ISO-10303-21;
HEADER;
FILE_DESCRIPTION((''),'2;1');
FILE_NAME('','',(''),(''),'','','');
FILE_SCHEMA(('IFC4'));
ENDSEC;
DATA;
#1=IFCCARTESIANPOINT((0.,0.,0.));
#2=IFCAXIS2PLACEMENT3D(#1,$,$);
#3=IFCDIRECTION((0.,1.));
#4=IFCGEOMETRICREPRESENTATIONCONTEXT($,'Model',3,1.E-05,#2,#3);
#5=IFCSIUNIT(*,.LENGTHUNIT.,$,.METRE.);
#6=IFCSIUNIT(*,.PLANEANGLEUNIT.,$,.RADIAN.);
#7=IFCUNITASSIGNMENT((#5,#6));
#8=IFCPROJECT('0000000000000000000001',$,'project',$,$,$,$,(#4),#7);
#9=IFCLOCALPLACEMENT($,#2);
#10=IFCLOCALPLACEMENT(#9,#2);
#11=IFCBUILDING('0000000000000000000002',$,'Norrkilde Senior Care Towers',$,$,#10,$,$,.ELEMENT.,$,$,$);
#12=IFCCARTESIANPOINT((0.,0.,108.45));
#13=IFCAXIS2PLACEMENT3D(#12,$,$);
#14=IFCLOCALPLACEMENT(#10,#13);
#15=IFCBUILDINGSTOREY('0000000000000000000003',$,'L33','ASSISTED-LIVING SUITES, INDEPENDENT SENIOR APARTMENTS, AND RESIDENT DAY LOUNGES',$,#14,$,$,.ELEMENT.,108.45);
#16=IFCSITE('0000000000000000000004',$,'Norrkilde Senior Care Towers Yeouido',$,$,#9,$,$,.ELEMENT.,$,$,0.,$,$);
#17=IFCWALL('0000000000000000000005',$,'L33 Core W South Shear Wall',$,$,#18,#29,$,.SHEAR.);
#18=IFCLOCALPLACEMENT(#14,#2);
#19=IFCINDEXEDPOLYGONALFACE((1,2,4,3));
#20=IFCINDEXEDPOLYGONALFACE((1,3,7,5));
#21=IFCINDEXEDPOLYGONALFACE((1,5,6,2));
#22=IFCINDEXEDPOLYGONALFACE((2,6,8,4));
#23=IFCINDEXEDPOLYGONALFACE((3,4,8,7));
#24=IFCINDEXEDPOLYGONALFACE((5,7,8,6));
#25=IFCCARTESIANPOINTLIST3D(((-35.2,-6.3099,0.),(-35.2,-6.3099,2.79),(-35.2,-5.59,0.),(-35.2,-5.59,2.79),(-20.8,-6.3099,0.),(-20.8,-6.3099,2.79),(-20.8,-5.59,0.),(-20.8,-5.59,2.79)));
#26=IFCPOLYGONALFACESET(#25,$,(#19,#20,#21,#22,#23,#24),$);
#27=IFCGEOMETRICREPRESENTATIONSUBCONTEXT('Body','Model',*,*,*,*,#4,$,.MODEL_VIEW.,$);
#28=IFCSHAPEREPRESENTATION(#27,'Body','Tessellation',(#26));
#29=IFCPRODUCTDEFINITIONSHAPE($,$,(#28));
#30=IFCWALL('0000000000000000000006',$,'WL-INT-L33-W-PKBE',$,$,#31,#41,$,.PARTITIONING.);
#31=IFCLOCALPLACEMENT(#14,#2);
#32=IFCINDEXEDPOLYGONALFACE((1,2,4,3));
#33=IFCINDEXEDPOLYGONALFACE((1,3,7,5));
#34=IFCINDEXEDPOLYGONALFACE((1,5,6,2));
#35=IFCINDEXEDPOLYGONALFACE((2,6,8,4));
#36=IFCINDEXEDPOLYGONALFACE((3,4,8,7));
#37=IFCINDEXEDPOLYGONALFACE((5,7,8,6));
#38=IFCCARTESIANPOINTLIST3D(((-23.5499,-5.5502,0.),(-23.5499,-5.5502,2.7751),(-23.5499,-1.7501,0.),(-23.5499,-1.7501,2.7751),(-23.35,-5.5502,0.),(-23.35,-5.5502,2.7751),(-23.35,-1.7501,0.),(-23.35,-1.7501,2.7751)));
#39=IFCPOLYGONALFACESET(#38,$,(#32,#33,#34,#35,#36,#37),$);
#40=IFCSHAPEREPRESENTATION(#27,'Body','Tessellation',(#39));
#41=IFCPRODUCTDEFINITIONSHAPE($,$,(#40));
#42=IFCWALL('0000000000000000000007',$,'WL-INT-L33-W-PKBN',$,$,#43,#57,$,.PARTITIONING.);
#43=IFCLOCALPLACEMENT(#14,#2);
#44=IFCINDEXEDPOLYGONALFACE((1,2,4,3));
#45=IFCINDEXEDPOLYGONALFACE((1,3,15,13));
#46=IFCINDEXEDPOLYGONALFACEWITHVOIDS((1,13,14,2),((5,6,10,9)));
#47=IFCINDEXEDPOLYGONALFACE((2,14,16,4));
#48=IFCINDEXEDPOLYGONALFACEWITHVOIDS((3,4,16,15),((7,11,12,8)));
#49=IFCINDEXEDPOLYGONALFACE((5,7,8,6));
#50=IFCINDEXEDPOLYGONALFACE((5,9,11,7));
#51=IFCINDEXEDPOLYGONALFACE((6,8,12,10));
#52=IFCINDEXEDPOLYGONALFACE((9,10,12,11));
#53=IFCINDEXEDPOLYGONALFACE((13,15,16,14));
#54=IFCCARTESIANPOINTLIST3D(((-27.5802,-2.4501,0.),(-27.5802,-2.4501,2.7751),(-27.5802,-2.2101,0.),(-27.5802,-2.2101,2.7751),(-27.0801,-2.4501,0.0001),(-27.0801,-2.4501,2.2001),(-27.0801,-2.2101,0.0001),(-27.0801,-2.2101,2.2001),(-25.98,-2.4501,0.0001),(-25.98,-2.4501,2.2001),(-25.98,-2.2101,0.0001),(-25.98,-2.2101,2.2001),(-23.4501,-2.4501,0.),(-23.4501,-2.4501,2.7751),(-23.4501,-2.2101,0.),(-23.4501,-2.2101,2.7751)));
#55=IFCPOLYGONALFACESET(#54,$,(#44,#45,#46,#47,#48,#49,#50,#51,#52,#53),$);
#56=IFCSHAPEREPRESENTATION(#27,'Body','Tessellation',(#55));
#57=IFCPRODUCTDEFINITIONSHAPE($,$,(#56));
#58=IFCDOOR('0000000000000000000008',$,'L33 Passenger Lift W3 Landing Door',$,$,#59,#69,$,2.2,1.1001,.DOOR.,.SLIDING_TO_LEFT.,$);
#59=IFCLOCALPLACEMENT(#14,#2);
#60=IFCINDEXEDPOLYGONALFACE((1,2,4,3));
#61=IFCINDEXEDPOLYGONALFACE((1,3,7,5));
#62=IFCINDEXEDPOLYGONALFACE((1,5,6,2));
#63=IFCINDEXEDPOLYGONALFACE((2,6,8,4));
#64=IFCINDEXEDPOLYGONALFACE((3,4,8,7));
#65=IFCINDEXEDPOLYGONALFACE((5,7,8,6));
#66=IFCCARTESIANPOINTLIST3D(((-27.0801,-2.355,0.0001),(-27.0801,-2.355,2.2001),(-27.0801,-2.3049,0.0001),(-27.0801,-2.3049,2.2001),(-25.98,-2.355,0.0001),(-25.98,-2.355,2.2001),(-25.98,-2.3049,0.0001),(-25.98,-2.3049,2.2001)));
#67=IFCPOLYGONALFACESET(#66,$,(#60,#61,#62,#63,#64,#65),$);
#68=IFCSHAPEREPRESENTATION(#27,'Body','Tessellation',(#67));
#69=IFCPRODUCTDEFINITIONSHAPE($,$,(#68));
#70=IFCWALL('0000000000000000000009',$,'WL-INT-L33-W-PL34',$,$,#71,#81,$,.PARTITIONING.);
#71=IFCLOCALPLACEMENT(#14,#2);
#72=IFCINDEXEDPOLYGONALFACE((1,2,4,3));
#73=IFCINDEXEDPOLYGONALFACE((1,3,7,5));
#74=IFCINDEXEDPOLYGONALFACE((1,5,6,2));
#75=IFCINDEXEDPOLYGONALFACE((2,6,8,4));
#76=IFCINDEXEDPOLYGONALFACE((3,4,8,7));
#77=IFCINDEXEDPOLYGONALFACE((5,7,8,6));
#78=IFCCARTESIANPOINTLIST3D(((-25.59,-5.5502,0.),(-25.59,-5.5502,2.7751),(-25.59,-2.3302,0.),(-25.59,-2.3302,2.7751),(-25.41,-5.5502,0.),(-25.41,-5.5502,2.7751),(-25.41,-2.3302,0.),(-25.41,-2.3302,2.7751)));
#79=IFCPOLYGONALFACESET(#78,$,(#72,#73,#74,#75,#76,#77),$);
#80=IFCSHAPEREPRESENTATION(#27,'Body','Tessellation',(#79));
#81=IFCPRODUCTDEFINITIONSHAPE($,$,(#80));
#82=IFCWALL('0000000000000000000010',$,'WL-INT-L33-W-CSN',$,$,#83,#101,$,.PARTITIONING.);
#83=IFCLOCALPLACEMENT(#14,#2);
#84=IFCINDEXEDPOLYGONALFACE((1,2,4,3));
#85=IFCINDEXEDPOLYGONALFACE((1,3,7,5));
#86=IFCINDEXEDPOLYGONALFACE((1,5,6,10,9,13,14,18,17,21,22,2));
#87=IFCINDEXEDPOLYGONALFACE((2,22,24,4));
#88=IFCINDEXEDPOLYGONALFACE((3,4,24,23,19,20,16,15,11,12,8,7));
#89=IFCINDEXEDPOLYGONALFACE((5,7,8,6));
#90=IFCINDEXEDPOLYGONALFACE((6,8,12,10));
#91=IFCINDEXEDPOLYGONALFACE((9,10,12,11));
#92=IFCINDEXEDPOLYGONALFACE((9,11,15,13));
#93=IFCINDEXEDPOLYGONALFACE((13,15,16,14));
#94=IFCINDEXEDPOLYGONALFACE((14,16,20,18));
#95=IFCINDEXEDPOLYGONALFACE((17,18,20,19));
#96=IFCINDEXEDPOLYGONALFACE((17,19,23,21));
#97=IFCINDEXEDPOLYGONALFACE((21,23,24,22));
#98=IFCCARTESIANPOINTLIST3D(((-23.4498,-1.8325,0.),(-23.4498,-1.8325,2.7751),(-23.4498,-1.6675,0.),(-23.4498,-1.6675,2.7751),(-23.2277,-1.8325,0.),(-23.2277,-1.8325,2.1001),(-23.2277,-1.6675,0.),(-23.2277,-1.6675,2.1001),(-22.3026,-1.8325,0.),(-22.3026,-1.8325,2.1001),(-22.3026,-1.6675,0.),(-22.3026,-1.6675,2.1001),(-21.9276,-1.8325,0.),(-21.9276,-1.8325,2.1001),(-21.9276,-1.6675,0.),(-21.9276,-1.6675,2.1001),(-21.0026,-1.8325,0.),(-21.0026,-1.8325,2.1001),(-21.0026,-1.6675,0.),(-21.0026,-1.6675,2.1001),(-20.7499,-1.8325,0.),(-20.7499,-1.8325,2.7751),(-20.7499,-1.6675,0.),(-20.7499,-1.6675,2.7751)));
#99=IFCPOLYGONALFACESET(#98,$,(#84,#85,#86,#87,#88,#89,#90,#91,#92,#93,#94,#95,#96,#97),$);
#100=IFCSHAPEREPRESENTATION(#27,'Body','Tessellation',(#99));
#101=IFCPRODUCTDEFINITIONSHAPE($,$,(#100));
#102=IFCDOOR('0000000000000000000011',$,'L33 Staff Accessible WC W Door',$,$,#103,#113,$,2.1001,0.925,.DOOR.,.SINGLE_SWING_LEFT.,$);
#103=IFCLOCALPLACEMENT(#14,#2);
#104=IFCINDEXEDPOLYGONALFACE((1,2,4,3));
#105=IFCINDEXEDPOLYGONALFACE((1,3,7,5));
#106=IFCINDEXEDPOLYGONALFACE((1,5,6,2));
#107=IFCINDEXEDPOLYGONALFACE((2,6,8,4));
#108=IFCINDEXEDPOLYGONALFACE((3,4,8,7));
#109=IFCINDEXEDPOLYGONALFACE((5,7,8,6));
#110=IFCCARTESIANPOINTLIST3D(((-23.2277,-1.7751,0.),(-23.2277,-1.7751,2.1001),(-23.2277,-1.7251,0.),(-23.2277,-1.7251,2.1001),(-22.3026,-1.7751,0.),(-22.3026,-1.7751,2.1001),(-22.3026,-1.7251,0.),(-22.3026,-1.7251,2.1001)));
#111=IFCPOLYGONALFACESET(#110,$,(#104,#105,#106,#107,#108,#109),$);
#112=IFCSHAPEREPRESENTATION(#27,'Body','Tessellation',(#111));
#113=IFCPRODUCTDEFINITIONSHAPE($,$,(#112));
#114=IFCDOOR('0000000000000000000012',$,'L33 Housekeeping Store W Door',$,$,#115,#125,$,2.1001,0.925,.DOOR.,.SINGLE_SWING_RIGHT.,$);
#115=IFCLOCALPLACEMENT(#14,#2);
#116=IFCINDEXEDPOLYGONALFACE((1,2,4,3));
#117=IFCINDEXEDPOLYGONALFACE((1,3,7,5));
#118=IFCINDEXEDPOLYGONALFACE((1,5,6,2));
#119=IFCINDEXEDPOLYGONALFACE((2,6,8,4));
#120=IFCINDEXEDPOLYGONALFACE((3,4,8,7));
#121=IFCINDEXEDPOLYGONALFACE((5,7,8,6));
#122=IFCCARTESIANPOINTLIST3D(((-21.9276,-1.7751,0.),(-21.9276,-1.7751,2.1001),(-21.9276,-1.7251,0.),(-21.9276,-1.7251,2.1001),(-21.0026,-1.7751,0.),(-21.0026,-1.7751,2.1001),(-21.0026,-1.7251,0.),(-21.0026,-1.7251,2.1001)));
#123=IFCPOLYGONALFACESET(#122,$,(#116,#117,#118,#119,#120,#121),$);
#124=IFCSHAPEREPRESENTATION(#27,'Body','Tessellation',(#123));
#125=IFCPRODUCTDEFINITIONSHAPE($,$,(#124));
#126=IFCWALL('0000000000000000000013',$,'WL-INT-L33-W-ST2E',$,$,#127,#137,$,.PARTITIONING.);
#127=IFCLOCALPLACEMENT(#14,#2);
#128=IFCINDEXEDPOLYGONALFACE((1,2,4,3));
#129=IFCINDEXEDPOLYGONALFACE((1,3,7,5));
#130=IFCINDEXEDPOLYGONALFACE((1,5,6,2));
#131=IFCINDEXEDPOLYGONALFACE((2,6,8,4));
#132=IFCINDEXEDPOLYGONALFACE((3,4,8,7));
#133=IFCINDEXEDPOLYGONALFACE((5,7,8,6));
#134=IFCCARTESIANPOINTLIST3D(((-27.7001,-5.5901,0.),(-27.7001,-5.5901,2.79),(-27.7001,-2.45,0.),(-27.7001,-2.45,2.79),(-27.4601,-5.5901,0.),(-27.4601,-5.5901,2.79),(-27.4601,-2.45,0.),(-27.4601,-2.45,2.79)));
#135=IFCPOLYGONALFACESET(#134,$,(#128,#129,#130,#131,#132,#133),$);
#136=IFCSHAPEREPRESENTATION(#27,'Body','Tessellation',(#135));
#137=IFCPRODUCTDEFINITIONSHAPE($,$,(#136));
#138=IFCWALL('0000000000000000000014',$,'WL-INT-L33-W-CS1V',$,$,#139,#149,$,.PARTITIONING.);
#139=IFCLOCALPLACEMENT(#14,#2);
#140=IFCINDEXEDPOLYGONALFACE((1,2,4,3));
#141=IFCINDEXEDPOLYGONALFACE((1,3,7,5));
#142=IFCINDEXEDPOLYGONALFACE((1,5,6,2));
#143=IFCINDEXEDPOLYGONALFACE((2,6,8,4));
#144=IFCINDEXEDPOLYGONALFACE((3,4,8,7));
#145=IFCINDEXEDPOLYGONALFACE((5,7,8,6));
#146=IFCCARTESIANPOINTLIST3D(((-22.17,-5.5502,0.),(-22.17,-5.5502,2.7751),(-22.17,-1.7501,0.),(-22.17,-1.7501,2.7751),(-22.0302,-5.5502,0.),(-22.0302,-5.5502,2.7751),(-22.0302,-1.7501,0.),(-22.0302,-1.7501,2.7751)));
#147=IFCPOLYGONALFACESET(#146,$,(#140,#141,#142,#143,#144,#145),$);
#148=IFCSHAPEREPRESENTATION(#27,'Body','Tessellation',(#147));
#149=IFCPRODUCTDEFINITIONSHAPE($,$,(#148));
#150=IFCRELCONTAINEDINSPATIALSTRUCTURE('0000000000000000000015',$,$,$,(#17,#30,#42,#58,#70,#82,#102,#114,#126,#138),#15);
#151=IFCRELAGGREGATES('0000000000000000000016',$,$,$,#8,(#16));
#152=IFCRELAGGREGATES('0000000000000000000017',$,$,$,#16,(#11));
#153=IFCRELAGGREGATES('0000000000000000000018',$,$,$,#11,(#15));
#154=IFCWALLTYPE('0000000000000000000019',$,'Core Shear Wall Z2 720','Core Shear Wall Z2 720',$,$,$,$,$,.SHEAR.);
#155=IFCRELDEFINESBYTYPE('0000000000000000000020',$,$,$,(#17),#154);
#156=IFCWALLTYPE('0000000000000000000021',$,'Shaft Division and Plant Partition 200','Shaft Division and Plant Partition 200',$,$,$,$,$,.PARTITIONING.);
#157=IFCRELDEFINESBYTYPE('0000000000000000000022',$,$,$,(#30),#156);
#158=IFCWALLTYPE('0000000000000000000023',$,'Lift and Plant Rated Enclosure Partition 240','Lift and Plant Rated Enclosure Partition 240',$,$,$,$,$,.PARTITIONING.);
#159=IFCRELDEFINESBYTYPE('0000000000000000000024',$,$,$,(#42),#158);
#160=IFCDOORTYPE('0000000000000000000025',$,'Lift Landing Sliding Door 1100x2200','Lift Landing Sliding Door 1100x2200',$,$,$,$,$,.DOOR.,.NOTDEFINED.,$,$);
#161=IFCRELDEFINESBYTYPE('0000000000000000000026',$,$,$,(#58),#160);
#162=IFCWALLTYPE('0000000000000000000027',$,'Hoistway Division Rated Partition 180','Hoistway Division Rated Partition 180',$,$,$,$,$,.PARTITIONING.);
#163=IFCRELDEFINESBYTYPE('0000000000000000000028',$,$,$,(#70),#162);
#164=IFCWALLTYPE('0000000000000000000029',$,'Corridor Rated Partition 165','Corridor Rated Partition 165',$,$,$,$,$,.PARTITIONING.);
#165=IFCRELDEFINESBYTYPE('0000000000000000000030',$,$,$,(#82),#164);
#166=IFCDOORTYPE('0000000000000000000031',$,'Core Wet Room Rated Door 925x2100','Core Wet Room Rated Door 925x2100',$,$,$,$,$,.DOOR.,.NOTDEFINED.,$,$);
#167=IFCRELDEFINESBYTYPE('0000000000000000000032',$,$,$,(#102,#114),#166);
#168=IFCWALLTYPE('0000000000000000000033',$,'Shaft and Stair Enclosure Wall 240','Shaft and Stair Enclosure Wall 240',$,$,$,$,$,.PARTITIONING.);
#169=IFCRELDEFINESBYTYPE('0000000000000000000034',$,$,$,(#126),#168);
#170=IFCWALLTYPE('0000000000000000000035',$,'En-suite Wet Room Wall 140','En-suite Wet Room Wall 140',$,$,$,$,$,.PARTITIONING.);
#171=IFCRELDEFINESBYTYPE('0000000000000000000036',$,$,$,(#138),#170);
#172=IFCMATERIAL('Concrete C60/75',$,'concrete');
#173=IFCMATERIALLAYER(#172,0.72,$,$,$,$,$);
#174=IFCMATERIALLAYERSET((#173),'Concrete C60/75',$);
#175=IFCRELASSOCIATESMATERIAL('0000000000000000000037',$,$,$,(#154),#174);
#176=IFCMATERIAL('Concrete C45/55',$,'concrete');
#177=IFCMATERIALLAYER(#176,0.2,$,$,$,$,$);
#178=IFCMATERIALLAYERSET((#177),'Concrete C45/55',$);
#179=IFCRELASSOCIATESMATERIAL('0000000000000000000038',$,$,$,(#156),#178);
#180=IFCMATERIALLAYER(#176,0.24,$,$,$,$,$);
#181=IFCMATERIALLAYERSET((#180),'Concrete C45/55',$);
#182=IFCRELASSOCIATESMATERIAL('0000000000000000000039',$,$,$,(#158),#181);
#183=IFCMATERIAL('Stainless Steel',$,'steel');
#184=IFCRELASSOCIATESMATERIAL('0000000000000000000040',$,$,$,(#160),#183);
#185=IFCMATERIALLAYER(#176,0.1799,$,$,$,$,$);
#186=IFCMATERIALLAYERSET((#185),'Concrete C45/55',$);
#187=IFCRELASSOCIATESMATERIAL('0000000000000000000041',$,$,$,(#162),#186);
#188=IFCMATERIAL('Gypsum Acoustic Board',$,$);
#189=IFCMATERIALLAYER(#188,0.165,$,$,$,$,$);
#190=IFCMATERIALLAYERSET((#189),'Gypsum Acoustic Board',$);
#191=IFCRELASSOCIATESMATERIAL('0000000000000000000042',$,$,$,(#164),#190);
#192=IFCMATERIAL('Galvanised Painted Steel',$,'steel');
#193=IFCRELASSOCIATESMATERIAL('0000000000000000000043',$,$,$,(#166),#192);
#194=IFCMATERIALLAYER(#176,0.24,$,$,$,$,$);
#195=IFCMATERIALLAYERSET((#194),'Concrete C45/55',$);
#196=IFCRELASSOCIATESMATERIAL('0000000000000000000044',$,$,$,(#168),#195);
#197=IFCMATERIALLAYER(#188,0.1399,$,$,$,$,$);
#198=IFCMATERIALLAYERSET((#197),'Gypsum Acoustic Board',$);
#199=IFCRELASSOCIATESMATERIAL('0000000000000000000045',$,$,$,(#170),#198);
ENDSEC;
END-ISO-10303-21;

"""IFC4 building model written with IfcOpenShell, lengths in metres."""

from ifc_helpers import new_model, si_unit, direction, frame, frame_2d, origin, place, context, subcontext, project, spatial, rectangle, extrude, source, transform, mapped, material, layer, layer_set, type_object, type_shapes, element, fill, save


model = new_model("IFC4")

# Units and contexts
model_context = context("Model", 3, precision=1e-05, world=origin(), true_north=direction((0.0, 1.0)))
body_context = subcontext(model_context, "Body", "Model", "MODEL_VIEW")
ifc_project = project(units=[si_unit("LENGTHUNIT", "METRE"), si_unit("PLANEANGLEUNIT", "RADIAN")], contexts=[model_context])

# Site, building, storey
site_placement = place(None, origin())
site = spatial("IfcSite", under=ifc_project, at=site_placement, Name="Norrkilde Senior Care Towers Yeouido", CompositionType="ELEMENT", RefElevation=0.0)
building_placement = place(site_placement, origin())
building = spatial("IfcBuilding", under=site, at=building_placement, Name="Norrkilde Senior Care Towers", CompositionType="ELEMENT")
storey_placement = place(building_placement, frame((0.0, 0.0, 108.45)))
storey = spatial("IfcBuildingStorey", under=building, at=storey_placement, Name="L33", Description="ASSISTED-LIVING SUITES, INDEPENDENT SENIOR APARTMENTS, AND RESIDENT DAY LOUNGES", CompositionType="ELEMENT", Elevation=108.45)

# Shared definitions
ifc_material_1 = material(Name="Concrete C60/75", Category="concrete")

# Walls
ifc_layer_1 = layer(ifc_material_1, 0.72)
ifc_layer_set_1 = layer_set([ifc_layer_1], Name="Concrete C60/75")
wall_type_1 = type_object("IfcWallType", Name="Core Shear Wall Z2 720", Description="Core Shear Wall Z2 720", PredefinedType="SHEAR", material=ifc_layer_set_1)
shared_shape_1 = source(origin(), body_context, "Body", "SweptSolid", [
    extrude(rectangle(XDim=14.3999, YDim=0.72, at=frame_2d((7.2, 0.0))), origin(), (0.0, 0.0, 1.0), 2.79),
])
type_shapes(wall_type_1, [shared_shape_1])
wall_1_placement = place(storey_placement, frame((-20.8, -5.95, 0.0), z_axis=(0.0, 0.0, 1.0), x_axis=(-1.0, 0.0, 0.0)))
element("IfcWall", 1, at=wall_1_placement, inside=storey, type_object=wall_type_1, Name="L33 Core W South Shear Wall", PredefinedType="SHEAR", context=body_context, shape_type="MappedRepresentation", body=[
    mapped(shared_shape_1, transform((0.0, 0.0, 0.0), x_axis=(1.0, 0.0, 0.0), y_axis=(0.0, 1.0, 0.0), z_axis=(0.0, 0.0, 1.0), scale=1.0)),
])
ifc_material_2 = material(Name="Concrete C45/55", Category="concrete")
ifc_layer_2 = layer(ifc_material_2, 0.2)
ifc_layer_set_2 = layer_set([ifc_layer_2], Name="Concrete C45/55")
wall_type_2 = type_object("IfcWallType", Name="Shaft Division and Plant Partition 200", Description="Shaft Division and Plant Partition 200", PredefinedType="PARTITIONING", material=ifc_layer_set_2)
shared_shape_2 = source(origin(), body_context, "Body", "SweptSolid", [
    extrude(rectangle(XDim=3.8, YDim=0.2, at=frame_2d((1.8999, 0.0))), origin(), (0.0, 0.0, 1.0), 2.7751),
])
type_shapes(wall_type_2, [shared_shape_2])
wall_2_placement = place(storey_placement, frame((-23.45, -5.55, 0.0), z_axis=(0.0, 0.0, 1.0), x_axis=(0.0, 1.0, 0.0)))
element("IfcWall", 2, at=wall_2_placement, inside=storey, type_object=wall_type_2, Name="WL-INT-L33-W-PKBE", PredefinedType="PARTITIONING", context=body_context, shape_type="MappedRepresentation", body=[
    mapped(shared_shape_2, transform((0.0, 0.0, 0.0), x_axis=(1.0, 0.0, 0.0), y_axis=(0.0, 1.0, 0.0), z_axis=(0.0, 0.0, 1.0), scale=1.0)),
])

# Wall, opening, door
ifc_layer_3 = layer(ifc_material_2, 0.24)
ifc_layer_set_3 = layer_set([ifc_layer_3], Name="Concrete C45/55")
wall_type_3 = type_object("IfcWallType", Name="Lift and Plant Rated Enclosure Partition 240", Description="Lift and Plant Rated Enclosure Partition 240", PredefinedType="PARTITIONING", material=ifc_layer_set_3)
shared_shape_3 = source(origin(), body_context, "Body", "SweptSolid", [
    extrude(rectangle(XDim=4.1301, YDim=0.24, at=frame_2d((2.0649, 0.0))), origin(), (0.0, 0.0, 1.0), 2.7751),
])
type_shapes(wall_type_3, [shared_shape_3])
wall_3_placement = place(storey_placement, frame((-27.5801, -2.3301, 0.0), z_axis=(0.0, 0.0, 1.0), x_axis=(1.0, 0.0, 0.0)))
wall_3 = element("IfcWall", 3, at=wall_3_placement, inside=storey, type_object=wall_type_3, Name="WL-INT-L33-W-PKBN", PredefinedType="PARTITIONING", context=body_context, shape_type="MappedRepresentation", body=[
    mapped(shared_shape_3, transform((0.0, 0.0, 0.0), x_axis=(1.0, 0.0, 0.0), y_axis=(0.0, 1.0, 0.0), z_axis=(0.0, 0.0, 1.0), scale=1.0)),
])
opening_1_placement = place(wall_3_placement, frame((0.5, 0.0, 0.0)))
opening_1 = element("IfcOpeningElement", 4, at=opening_1_placement, cuts=wall_3, PredefinedType="OPENING", context=body_context, shape_type="SweptSolid", body=[
    extrude(rectangle(XDim=1.1001, YDim=2.2, at=frame_2d((0.55, 1.1001))), frame((0.0, 0.1299, 0.0), z_axis=(0.0, -1.0, 0.0), x_axis=(1.0, 0.0, 0.0)), (0.0, 0.0, 1.0), 0.26),
])
ifc_material_3 = material(Name="Stainless Steel", Category="steel")
door_type_1 = type_object("IfcDoorType", Name="Lift Landing Sliding Door 1100x2200", Description="Lift Landing Sliding Door 1100x2200", OperationType="NOTDEFINED", PredefinedType="DOOR", material=ifc_material_3)
shared_shape_4 = source(origin(), body_context, "Body", "SweptSolid", [
    extrude(rectangle(XDim=1.1001, YDim=2.2, at=frame_2d((0.55, 1.1001))), frame((0.0, 0.0249, 0.0), z_axis=(0.0, -1.0, 0.0), x_axis=(1.0, 0.0, 0.0)), (0.0, 0.0, 1.0), 0.05),
])
type_shapes(door_type_1, [shared_shape_4])
door_1_placement = place(opening_1_placement, frame((1.1001, 0.0, 0.0), z_axis=(0.0, 0.0, 1.0), x_axis=(-1.0, 0.0, 0.0)))
door_1 = element("IfcDoor", 5, at=door_1_placement, inside=storey, type_object=door_type_1, Name="L33 Passenger Lift W3 Landing Door", OperationType="SLIDING_TO_LEFT", OverallHeight=2.2, OverallWidth=1.1001, PredefinedType="DOOR", context=body_context, shape_type="MappedRepresentation", body=[
    mapped(shared_shape_4, transform((0.0, 0.0, 0.0), x_axis=(1.0, 0.0, 0.0), y_axis=(0.0, 1.0, 0.0), z_axis=(0.0, 0.0, 1.0), scale=1.0)),
])
fill(opening_1, door_1)

# Wall
ifc_layer_4 = layer(ifc_material_2, 0.1799)
ifc_layer_set_4 = layer_set([ifc_layer_4], Name="Concrete C45/55")
wall_type_4 = type_object("IfcWallType", Name="Hoistway Division Rated Partition 180", Description="Hoistway Division Rated Partition 180", PredefinedType="PARTITIONING", material=ifc_layer_set_4)
shared_shape_5 = source(origin(), body_context, "Body", "SweptSolid", [
    extrude(rectangle(XDim=3.22, YDim=0.1799, at=frame_2d((1.6099, 0.0))), origin(), (0.0, 0.0, 1.0), 2.7751),
])
type_shapes(wall_type_4, [shared_shape_5])
wall_4_placement = place(storey_placement, frame((-25.5, -5.55, 0.0), z_axis=(0.0, 0.0, 1.0), x_axis=(0.0, 1.0, 0.0)))
element("IfcWall", 6, at=wall_4_placement, inside=storey, type_object=wall_type_4, Name="WL-INT-L33-W-PL34", PredefinedType="PARTITIONING", context=body_context, shape_type="MappedRepresentation", body=[
    mapped(shared_shape_5, transform((0.0, 0.0, 0.0), x_axis=(1.0, 0.0, 0.0), y_axis=(0.0, 1.0, 0.0), z_axis=(0.0, 0.0, 1.0), scale=1.0)),
])

# Wall, openings, doors
ifc_material_4 = material(Name="Gypsum Acoustic Board")
ifc_layer_5 = layer(ifc_material_4, 0.165)
ifc_layer_set_5 = layer_set([ifc_layer_5], Name="Gypsum Acoustic Board")
wall_type_5 = type_object("IfcWallType", Name="Corridor Rated Partition 165", Description="Corridor Rated Partition 165", PredefinedType="PARTITIONING", material=ifc_layer_set_5)
shared_shape_6 = source(origin(), body_context, "Body", "SweptSolid", [
    extrude(rectangle(XDim=2.7, YDim=0.165, at=frame_2d((1.3501, 0.0))), origin(), (0.0, 0.0, 1.0), 2.7751),
])
wall_5_placement = place(storey_placement, frame((-23.45, -1.75, 0.0), z_axis=(0.0, 0.0, 1.0), x_axis=(1.0, 0.0, 0.0)))
wall_5 = element("IfcWall", 7, at=wall_5_placement, inside=storey, type_object=wall_type_5, Name="WL-INT-L33-W-CSN", PredefinedType="PARTITIONING", context=body_context, shape_type="MappedRepresentation", body=[
    mapped(shared_shape_6, transform((0.0, 0.0, 0.0), x_axis=(1.0, 0.0, 0.0), y_axis=(0.0, 1.0, 0.0), z_axis=(0.0, 0.0, 1.0), scale=1.0)),
])
opening_2_placement = place(wall_5_placement, frame((0.2224, 0.0, 0.0)))
opening_2 = element("IfcOpeningElement", 8, at=opening_2_placement, cuts=wall_5, PredefinedType="OPENING", context=body_context, shape_type="SweptSolid", body=[
    extrude(rectangle(XDim=0.925, YDim=2.1001, at=frame_2d((0.4624, 1.05))), frame((0.0, 0.0925, 0.0), z_axis=(0.0, -1.0, 0.0), x_axis=(1.0, 0.0, 0.0)), (0.0, 0.0, 1.0), 0.1851),
])
opening_3_placement = place(wall_5_placement, frame((1.5225, 0.0, 0.0)))
opening_3 = element("IfcOpeningElement", 9, at=opening_3_placement, cuts=wall_5, PredefinedType="OPENING", context=body_context, shape_type="SweptSolid", body=[
    extrude(rectangle(XDim=0.925, YDim=2.1001, at=frame_2d((0.4624, 1.05))), frame((0.0, 0.0925, 0.0), z_axis=(0.0, -1.0, 0.0), x_axis=(1.0, 0.0, 0.0)), (0.0, 0.0, 1.0), 0.1851),
])
ifc_material_5 = material(Name="Galvanised Painted Steel", Category="steel")
door_type_2 = type_object("IfcDoorType", Name="Core Wet Room Rated Door 925x2100", Description="Core Wet Room Rated Door 925x2100", OperationType="NOTDEFINED", PredefinedType="DOOR", material=ifc_material_5)
shared_shape_7 = source(origin(), body_context, "Body", "SweptSolid", [
    extrude(rectangle(XDim=0.925, YDim=2.1001, at=frame_2d((0.4624, 1.05))), frame((0.0, 0.0249, 0.0), z_axis=(0.0, -1.0, 0.0), x_axis=(1.0, 0.0, 0.0)), (0.0, 0.0, 1.0), 0.05),
])
type_shapes(door_type_2, [shared_shape_7])
door_2_placement = place(opening_2_placement, origin())
door_2 = element("IfcDoor", 10, at=door_2_placement, inside=storey, type_object=door_type_2, Name="L33 Staff Accessible WC W Door", OperationType="SINGLE_SWING_LEFT", OverallHeight=2.1001, OverallWidth=0.925, PredefinedType="DOOR", context=body_context, shape_type="MappedRepresentation", body=[
    mapped(shared_shape_7, transform((0.0, 0.0, 0.0), x_axis=(1.0, 0.0, 0.0), y_axis=(0.0, 1.0, 0.0), z_axis=(0.0, 0.0, 1.0), scale=1.0)),
])
fill(opening_2, door_2)
door_3_placement = place(opening_3_placement, origin())
door_3 = element("IfcDoor", 11, at=door_3_placement, inside=storey, type_object=door_type_2, Name="L33 Housekeeping Store W Door", OperationType="SINGLE_SWING_RIGHT", OverallHeight=2.1001, OverallWidth=0.925, PredefinedType="DOOR", context=body_context, shape_type="MappedRepresentation", body=[
    mapped(shared_shape_7, transform((0.0, 0.0, 0.0), x_axis=(1.0, 0.0, 0.0), y_axis=(0.0, 1.0, 0.0), z_axis=(0.0, 0.0, 1.0), scale=1.0)),
])
fill(opening_3, door_3)

# Walls
ifc_layer_6 = layer(ifc_material_2, 0.24)
ifc_layer_set_6 = layer_set([ifc_layer_6], Name="Concrete C45/55")
wall_type_6 = type_object("IfcWallType", Name="Shaft and Stair Enclosure Wall 240", Description="Shaft and Stair Enclosure Wall 240", PredefinedType="PARTITIONING", material=ifc_layer_set_6)
shared_shape_8 = source(origin(), body_context, "Body", "SweptSolid", [
    extrude(rectangle(XDim=3.1401, YDim=0.24, at=frame_2d((1.5701, 0.0))), origin(), (0.0, 0.0, 1.0), 2.79),
])
type_shapes(wall_type_6, [shared_shape_8])
wall_6_placement = place(storey_placement, frame((-27.5801, -5.5901, 0.0), z_axis=(0.0, 0.0, 1.0), x_axis=(0.0, 1.0, 0.0)))
element("IfcWall", 12, at=wall_6_placement, inside=storey, type_object=wall_type_6, Name="WL-INT-L33-W-ST2E", PredefinedType="PARTITIONING", context=body_context, shape_type="MappedRepresentation", body=[
    mapped(shared_shape_8, transform((0.0, 0.0, 0.0), x_axis=(1.0, 0.0, 0.0), y_axis=(0.0, 1.0, 0.0), z_axis=(0.0, 0.0, 1.0), scale=1.0)),
])
ifc_layer_7 = layer(ifc_material_4, 0.1399)
ifc_layer_set_7 = layer_set([ifc_layer_7], Name="Gypsum Acoustic Board")
wall_type_7 = type_object("IfcWallType", Name="En-suite Wet Room Wall 140", Description="En-suite Wet Room Wall 140", PredefinedType="PARTITIONING", material=ifc_layer_set_7)
shared_shape_9 = source(origin(), body_context, "Body", "SweptSolid", [
    extrude(rectangle(XDim=3.8, YDim=0.1399, at=frame_2d((1.8999, 0.0))), origin(), (0.0, 0.0, 1.0), 2.7751),
])
type_shapes(wall_type_7, [shared_shape_9])
wall_7_placement = place(storey_placement, frame((-22.1001, -5.55, 0.0), z_axis=(0.0, 0.0, 1.0), x_axis=(0.0, 1.0, 0.0)))
element("IfcWall", 13, at=wall_7_placement, inside=storey, type_object=wall_type_7, Name="WL-INT-L33-W-CS1V", PredefinedType="PARTITIONING", context=body_context, shape_type="MappedRepresentation", body=[
    mapped(shared_shape_9, transform((0.0, 0.0, 0.0), x_axis=(1.0, 0.0, 0.0), y_axis=(0.0, 1.0, 0.0), z_axis=(0.0, 0.0, 1.0), scale=1.0)),
])

save(model, "model.ifc")
